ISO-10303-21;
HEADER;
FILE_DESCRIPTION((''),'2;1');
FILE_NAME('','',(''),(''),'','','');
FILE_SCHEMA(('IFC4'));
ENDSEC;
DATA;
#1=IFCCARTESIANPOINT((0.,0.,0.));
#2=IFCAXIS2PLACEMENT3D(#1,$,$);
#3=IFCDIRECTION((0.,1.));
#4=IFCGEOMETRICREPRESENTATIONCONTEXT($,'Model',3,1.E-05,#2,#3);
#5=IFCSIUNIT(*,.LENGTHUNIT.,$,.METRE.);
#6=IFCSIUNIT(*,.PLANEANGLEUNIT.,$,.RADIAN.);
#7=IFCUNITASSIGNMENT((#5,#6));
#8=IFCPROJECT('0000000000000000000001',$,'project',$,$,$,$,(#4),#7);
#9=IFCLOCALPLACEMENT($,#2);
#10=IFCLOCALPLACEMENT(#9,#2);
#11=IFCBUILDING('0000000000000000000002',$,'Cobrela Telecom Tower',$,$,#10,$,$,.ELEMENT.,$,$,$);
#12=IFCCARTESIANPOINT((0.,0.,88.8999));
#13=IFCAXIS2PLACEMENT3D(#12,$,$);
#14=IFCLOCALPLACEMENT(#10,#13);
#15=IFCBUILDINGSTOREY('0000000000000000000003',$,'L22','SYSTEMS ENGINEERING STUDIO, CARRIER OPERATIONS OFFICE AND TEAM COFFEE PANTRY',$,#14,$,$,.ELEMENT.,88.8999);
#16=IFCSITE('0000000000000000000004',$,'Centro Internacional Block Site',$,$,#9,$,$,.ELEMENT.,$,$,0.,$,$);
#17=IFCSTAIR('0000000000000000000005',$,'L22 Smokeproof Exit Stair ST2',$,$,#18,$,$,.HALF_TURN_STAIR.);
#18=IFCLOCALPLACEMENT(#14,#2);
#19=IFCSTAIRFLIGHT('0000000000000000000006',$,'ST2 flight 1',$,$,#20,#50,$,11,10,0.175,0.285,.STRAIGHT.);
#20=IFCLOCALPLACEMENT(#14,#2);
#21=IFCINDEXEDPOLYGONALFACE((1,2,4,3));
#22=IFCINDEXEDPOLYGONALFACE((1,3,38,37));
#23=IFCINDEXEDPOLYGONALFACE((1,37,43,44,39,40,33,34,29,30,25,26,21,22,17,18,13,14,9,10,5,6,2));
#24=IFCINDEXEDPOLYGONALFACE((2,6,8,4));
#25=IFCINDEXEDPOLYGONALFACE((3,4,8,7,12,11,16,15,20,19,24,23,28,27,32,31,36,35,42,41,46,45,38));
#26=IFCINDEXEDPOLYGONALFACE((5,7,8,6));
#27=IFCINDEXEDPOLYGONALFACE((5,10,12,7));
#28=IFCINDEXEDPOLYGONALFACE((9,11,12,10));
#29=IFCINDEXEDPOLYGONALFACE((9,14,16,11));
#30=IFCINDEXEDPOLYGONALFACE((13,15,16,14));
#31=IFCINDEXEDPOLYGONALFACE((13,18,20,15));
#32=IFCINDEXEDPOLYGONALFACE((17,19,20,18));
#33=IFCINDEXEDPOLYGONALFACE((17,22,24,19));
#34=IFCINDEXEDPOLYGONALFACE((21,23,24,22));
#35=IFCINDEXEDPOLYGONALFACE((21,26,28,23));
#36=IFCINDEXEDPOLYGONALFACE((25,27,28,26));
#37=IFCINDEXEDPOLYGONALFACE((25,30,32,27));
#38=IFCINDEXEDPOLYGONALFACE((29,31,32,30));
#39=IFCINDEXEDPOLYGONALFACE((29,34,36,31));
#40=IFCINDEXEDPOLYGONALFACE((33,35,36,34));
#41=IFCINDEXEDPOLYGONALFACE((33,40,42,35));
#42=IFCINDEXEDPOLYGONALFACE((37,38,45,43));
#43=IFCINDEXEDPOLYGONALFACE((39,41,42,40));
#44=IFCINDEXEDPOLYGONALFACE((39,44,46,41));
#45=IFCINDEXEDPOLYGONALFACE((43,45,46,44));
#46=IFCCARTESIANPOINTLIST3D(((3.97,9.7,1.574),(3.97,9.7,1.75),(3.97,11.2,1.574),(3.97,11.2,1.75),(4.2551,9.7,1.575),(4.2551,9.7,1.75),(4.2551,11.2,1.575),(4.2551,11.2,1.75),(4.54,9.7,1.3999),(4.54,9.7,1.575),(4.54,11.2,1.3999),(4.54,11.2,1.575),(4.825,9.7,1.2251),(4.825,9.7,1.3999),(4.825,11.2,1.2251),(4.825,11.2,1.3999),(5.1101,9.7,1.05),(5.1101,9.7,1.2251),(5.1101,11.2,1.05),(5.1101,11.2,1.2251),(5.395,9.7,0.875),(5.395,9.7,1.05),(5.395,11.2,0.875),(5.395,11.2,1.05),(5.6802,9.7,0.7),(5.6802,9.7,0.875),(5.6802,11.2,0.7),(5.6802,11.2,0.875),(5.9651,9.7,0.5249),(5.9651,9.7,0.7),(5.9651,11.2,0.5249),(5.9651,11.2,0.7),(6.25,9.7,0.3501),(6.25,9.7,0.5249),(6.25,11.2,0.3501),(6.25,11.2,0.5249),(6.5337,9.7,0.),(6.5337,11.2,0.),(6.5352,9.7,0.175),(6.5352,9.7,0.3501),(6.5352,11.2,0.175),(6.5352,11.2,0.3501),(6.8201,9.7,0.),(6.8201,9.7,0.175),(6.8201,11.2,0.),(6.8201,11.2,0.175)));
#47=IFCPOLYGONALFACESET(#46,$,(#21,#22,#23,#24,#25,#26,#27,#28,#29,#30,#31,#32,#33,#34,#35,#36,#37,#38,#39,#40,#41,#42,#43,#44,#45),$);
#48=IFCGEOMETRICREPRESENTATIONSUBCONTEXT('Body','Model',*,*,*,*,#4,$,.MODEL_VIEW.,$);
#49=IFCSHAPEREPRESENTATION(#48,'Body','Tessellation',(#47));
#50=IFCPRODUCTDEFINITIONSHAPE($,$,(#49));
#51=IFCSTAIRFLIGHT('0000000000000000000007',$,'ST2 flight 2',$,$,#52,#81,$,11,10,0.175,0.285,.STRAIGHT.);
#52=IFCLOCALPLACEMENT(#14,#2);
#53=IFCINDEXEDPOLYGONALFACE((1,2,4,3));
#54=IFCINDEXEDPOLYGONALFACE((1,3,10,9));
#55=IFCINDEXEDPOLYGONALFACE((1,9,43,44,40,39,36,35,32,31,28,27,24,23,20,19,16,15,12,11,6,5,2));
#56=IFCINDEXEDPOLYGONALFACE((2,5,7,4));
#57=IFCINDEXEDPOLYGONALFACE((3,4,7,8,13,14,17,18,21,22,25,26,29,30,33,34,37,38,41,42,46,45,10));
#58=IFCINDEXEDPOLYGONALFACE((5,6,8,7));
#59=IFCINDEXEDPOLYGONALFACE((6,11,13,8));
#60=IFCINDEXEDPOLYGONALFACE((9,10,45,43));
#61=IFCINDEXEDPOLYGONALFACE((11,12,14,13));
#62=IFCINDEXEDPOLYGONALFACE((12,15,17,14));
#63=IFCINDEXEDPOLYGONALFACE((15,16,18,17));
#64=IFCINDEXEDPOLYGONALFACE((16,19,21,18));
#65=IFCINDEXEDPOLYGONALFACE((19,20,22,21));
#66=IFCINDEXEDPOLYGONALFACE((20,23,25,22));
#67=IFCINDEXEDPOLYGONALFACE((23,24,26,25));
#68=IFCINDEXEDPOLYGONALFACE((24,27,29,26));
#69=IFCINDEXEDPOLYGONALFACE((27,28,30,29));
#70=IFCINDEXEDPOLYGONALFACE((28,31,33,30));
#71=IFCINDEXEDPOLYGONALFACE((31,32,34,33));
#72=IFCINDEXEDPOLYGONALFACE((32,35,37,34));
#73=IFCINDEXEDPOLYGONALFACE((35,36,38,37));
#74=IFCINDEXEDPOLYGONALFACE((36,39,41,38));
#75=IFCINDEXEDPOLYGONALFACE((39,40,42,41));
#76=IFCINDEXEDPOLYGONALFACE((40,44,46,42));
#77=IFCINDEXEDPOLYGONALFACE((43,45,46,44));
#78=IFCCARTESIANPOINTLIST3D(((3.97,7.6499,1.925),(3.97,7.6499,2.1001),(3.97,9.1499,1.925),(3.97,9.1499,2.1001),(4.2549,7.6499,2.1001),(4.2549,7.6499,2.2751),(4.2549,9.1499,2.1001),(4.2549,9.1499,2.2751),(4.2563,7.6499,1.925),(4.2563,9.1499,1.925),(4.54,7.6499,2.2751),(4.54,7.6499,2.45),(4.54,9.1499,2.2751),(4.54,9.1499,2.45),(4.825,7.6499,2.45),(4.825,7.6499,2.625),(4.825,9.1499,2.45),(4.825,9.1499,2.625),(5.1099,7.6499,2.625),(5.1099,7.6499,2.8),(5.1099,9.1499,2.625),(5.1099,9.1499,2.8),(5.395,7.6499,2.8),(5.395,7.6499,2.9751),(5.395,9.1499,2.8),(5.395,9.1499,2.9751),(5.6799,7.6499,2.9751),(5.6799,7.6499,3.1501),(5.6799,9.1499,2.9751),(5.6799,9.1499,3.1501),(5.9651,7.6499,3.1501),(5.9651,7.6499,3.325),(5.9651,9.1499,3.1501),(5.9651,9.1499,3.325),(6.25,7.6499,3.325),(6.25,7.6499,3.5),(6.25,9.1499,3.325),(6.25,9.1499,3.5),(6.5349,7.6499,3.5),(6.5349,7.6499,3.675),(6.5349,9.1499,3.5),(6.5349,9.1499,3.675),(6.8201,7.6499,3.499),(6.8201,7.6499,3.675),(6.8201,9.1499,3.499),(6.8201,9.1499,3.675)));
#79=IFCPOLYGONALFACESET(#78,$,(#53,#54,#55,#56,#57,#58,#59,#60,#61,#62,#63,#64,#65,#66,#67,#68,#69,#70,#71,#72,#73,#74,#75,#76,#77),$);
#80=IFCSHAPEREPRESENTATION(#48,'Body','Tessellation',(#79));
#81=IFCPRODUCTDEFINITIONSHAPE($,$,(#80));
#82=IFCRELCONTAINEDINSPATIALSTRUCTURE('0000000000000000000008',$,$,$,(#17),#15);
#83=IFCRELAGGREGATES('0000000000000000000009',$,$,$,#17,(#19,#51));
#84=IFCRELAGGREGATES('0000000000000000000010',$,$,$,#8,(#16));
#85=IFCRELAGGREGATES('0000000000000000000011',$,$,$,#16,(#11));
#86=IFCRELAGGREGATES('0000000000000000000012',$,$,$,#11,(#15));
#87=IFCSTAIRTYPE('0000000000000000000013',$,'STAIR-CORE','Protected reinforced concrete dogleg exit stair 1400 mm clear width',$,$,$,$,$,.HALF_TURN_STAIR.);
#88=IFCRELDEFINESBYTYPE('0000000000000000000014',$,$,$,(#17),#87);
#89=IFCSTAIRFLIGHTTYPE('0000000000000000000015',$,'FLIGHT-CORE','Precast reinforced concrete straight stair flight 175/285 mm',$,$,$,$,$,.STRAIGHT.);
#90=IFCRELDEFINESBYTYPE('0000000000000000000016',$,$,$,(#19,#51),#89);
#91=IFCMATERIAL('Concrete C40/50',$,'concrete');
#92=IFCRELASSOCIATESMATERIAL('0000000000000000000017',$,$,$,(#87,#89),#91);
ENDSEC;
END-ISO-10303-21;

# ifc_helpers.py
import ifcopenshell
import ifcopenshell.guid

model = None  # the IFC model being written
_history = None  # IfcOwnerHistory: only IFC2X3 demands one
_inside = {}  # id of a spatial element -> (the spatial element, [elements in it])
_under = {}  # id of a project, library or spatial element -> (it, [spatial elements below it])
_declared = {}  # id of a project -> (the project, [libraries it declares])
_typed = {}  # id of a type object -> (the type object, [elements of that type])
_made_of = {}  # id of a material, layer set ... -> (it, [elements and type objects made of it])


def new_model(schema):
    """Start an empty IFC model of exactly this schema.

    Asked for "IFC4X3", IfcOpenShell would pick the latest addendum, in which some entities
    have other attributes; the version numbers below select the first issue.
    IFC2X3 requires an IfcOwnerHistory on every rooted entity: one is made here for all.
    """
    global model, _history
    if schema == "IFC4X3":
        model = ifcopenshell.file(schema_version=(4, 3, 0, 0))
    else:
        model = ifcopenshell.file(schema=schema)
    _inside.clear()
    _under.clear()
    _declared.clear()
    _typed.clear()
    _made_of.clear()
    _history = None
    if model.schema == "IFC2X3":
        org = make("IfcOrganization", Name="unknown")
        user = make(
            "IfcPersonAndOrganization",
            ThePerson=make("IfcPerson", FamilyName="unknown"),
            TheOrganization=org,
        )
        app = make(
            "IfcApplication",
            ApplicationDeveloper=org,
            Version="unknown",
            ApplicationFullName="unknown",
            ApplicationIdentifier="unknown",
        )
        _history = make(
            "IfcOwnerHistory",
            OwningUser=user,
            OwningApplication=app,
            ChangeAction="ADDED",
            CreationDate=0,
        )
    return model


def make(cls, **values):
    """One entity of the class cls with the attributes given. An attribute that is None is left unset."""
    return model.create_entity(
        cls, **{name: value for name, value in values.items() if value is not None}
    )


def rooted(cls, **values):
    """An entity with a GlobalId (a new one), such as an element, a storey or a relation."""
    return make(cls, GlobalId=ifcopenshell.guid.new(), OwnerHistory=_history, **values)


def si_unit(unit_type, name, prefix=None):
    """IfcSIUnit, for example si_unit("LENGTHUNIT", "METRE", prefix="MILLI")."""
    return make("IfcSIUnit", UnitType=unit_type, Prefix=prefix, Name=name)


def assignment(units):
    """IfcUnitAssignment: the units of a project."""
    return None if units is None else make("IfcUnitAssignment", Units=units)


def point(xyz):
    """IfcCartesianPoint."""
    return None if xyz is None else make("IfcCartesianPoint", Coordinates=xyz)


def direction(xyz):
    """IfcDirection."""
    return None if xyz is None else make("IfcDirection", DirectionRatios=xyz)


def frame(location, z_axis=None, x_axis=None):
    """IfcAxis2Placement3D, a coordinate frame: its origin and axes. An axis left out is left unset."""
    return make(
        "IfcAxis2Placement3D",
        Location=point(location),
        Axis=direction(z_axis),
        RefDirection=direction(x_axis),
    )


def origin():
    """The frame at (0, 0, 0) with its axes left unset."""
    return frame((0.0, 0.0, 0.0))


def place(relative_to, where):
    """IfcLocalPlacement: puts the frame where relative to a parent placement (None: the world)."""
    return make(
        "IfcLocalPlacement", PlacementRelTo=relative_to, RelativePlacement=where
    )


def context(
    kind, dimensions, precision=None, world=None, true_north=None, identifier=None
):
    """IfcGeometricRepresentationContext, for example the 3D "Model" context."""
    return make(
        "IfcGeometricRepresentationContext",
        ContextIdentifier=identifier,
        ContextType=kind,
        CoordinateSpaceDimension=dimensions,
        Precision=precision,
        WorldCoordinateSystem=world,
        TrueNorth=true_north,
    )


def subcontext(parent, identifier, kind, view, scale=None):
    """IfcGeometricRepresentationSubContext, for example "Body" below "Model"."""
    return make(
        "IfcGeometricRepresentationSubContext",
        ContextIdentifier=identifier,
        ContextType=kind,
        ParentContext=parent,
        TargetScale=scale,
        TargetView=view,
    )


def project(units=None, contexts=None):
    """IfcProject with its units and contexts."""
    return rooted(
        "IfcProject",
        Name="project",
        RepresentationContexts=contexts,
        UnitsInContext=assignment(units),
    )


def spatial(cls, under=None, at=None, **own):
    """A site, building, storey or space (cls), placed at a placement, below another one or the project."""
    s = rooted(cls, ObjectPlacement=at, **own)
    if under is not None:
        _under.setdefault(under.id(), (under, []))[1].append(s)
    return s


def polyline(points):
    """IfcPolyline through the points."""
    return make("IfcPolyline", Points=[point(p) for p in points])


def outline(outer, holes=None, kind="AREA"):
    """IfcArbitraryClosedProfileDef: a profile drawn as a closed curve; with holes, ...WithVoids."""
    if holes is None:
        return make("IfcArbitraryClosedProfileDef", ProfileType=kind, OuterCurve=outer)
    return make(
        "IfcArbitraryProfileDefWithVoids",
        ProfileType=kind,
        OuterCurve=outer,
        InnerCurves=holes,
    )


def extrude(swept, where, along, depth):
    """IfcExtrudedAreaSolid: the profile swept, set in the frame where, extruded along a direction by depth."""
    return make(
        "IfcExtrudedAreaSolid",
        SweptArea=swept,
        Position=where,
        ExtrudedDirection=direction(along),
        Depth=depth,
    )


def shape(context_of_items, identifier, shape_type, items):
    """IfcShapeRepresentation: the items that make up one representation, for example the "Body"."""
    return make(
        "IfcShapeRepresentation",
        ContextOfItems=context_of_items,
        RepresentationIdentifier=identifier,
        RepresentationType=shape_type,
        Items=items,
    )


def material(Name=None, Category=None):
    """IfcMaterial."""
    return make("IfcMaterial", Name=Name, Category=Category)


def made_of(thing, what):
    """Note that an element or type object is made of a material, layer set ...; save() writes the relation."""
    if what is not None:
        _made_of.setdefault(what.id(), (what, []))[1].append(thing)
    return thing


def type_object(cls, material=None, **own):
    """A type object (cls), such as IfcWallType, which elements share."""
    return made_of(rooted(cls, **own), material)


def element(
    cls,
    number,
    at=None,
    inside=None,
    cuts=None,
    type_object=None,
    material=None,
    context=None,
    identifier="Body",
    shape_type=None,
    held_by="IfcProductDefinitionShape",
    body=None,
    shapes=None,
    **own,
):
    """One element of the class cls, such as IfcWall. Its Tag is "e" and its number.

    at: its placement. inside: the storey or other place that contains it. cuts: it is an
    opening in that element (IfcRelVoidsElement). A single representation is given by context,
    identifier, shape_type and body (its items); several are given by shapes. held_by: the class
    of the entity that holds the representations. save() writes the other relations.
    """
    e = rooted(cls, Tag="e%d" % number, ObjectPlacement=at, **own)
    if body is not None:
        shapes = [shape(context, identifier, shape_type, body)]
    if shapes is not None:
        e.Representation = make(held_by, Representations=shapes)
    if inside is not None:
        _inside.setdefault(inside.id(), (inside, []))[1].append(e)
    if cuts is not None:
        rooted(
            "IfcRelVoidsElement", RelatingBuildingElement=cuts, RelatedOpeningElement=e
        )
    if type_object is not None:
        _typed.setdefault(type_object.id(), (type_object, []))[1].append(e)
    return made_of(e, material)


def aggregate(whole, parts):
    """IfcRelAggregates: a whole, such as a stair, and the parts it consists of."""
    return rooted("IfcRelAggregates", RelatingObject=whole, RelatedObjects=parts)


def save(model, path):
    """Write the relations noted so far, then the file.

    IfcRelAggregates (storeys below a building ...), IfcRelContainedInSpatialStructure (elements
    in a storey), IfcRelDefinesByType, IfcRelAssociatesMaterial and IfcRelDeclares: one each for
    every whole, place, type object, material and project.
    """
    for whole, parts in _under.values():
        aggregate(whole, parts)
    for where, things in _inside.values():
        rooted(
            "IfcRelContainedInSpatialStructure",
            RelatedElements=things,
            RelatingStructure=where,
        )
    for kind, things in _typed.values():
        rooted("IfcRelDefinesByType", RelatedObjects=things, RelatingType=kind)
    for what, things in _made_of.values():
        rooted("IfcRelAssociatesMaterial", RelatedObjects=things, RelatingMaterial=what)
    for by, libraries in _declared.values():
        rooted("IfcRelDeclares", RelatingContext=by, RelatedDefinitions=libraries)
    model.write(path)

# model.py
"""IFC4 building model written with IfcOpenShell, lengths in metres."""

from ifc_helpers import new_model, si_unit, direction, frame, origin, place, context, subcontext, project, spatial, polyline, outline, extrude, material, type_object, element, aggregate, save


model = new_model("IFC4")

# Units and contexts
model_context = context("Model", 3, precision=1e-05, world=origin(), true_north=direction((0.0, 1.0)))
body_context = subcontext(model_context, "Body", "Model", "MODEL_VIEW")
ifc_project = project(units=[si_unit("LENGTHUNIT", "METRE"), si_unit("PLANEANGLEUNIT", "RADIAN")], contexts=[model_context])

# Site, building, storey
site_placement = place(None, origin())
site = spatial("IfcSite", under=ifc_project, at=site_placement, Name="Centro Internacional Block Site", CompositionType="ELEMENT", RefElevation=0.0)
building_placement = place(site_placement, origin())
building = spatial("IfcBuilding", under=site, at=building_placement, Name="Cobrela Telecom Tower", CompositionType="ELEMENT")
storey_placement = place(building_placement, frame((0.0, 0.0, 88.8999)))
storey = spatial("IfcBuildingStorey", under=building, at=storey_placement, Name="L22", Description="SYSTEMS ENGINEERING STUDIO, CARRIER OPERATIONS OFFICE AND TEAM COFFEE PANTRY", CompositionType="ELEMENT", Elevation=88.8999)

# Shared definitions
ifc_material_1 = material(Name="Concrete C40/50", Category="concrete")

# Stair, stair flights
stair_type = type_object("IfcStairType", Name="STAIR-CORE", Description="Protected reinforced concrete dogleg exit stair 1400 mm clear width", PredefinedType="HALF_TURN_STAIR", material=ifc_material_1)
stair_placement = place(storey_placement, origin())
stair = element("IfcStair", 1, at=stair_placement, inside=storey, type_object=stair_type, Name="L22 Smokeproof Exit Stair ST2", PredefinedType="HALF_TURN_STAIR")
stair_flight_type = type_object("IfcStairFlightType", Name="FLIGHT-CORE", Description="Precast reinforced concrete straight stair flight 175/285 mm", PredefinedType="STRAIGHT", material=ifc_material_1)
stair_flight_1_placement = place(storey_placement, frame((6.8201, 10.45, 0.0), z_axis=(0.0, 0.0, 1.0), x_axis=(-1.0, 0.0, 0.0)))
stair_flight_1 = element("IfcStairFlight", 2, at=stair_flight_1_placement, type_object=stair_flight_type, Name="ST2 flight 1", NumberOfRisers=11, NumberOfTreads=10, PredefinedType="STRAIGHT", RiserHeight=0.175, TreadLength=0.285, context=body_context, shape_type="SweptSolid", body=[
    extrude(outline(polyline([(0.0, 0.0), (0.0, 0.175), (0.2849, 0.175), (0.2849, 0.3501), (0.5701, 0.3501), (0.5701, 0.5249), (0.855, 0.5249), (0.855, 0.7), (1.1399, 0.7), (1.1399, 0.875), (1.425, 0.875), (1.425, 1.05), (1.71, 1.05), (1.71, 1.2251), (1.9951, 1.2251), (1.9951, 1.3999), (2.28, 1.3999), (2.28, 1.575), (2.5649, 1.575), (2.5649, 1.75), (2.8501, 1.75), (2.8501, 1.925), (2.8501, 1.574), (0.2864, 0.0), (0.0, 0.0)])), frame((0.0, 0.75, 0.0), z_axis=(0.0, -1.0, 0.0), x_axis=(1.0, 0.0, 0.0)), (0.0, 0.0, 1.0), 1.5),
])
stair_flight_2_placement = place(storey_placement, frame((3.97, 8.3999, 1.925), z_axis=(0.0, 0.0, 1.0), x_axis=(1.0, 0.0, 0.0)))
stair_flight_2 = element("IfcStairFlight", 3, at=stair_flight_2_placement, type_object=stair_flight_type, Name="ST2 flight 2", NumberOfRisers=11, NumberOfTreads=10, PredefinedType="STRAIGHT", RiserHeight=0.175, TreadLength=0.285, context=body_context, shape_type="SweptSolid", body=[
    extrude(outline(polyline([(0.0, 0.0), (0.0, 0.175), (0.2849, 0.175), (0.2849, 0.3501), (0.5701, 0.3501), (0.5701, 0.5249), (0.855, 0.5249), (0.855, 0.7), (1.1399, 0.7), (1.1399, 0.875), (1.425, 0.875), (1.425, 1.05), (1.71, 1.05), (1.71, 1.2251), (1.9951, 1.2251), (1.9951, 1.3999), (2.28, 1.3999), (2.28, 1.575), (2.5649, 1.575), (2.5649, 1.75), (2.8501, 1.75), (2.8501, 1.925), (2.8501, 1.574), (0.2864, 0.0), (0.0, 0.0)])), frame((0.0, 0.75, 0.0), z_axis=(0.0, -1.0, 0.0), x_axis=(1.0, 0.0, 0.0)), (0.0, 0.0, 1.0), 1.5),
])
aggregate(stair, [stair_flight_1, stair_flight_2])

save(model, "model.ifc")
